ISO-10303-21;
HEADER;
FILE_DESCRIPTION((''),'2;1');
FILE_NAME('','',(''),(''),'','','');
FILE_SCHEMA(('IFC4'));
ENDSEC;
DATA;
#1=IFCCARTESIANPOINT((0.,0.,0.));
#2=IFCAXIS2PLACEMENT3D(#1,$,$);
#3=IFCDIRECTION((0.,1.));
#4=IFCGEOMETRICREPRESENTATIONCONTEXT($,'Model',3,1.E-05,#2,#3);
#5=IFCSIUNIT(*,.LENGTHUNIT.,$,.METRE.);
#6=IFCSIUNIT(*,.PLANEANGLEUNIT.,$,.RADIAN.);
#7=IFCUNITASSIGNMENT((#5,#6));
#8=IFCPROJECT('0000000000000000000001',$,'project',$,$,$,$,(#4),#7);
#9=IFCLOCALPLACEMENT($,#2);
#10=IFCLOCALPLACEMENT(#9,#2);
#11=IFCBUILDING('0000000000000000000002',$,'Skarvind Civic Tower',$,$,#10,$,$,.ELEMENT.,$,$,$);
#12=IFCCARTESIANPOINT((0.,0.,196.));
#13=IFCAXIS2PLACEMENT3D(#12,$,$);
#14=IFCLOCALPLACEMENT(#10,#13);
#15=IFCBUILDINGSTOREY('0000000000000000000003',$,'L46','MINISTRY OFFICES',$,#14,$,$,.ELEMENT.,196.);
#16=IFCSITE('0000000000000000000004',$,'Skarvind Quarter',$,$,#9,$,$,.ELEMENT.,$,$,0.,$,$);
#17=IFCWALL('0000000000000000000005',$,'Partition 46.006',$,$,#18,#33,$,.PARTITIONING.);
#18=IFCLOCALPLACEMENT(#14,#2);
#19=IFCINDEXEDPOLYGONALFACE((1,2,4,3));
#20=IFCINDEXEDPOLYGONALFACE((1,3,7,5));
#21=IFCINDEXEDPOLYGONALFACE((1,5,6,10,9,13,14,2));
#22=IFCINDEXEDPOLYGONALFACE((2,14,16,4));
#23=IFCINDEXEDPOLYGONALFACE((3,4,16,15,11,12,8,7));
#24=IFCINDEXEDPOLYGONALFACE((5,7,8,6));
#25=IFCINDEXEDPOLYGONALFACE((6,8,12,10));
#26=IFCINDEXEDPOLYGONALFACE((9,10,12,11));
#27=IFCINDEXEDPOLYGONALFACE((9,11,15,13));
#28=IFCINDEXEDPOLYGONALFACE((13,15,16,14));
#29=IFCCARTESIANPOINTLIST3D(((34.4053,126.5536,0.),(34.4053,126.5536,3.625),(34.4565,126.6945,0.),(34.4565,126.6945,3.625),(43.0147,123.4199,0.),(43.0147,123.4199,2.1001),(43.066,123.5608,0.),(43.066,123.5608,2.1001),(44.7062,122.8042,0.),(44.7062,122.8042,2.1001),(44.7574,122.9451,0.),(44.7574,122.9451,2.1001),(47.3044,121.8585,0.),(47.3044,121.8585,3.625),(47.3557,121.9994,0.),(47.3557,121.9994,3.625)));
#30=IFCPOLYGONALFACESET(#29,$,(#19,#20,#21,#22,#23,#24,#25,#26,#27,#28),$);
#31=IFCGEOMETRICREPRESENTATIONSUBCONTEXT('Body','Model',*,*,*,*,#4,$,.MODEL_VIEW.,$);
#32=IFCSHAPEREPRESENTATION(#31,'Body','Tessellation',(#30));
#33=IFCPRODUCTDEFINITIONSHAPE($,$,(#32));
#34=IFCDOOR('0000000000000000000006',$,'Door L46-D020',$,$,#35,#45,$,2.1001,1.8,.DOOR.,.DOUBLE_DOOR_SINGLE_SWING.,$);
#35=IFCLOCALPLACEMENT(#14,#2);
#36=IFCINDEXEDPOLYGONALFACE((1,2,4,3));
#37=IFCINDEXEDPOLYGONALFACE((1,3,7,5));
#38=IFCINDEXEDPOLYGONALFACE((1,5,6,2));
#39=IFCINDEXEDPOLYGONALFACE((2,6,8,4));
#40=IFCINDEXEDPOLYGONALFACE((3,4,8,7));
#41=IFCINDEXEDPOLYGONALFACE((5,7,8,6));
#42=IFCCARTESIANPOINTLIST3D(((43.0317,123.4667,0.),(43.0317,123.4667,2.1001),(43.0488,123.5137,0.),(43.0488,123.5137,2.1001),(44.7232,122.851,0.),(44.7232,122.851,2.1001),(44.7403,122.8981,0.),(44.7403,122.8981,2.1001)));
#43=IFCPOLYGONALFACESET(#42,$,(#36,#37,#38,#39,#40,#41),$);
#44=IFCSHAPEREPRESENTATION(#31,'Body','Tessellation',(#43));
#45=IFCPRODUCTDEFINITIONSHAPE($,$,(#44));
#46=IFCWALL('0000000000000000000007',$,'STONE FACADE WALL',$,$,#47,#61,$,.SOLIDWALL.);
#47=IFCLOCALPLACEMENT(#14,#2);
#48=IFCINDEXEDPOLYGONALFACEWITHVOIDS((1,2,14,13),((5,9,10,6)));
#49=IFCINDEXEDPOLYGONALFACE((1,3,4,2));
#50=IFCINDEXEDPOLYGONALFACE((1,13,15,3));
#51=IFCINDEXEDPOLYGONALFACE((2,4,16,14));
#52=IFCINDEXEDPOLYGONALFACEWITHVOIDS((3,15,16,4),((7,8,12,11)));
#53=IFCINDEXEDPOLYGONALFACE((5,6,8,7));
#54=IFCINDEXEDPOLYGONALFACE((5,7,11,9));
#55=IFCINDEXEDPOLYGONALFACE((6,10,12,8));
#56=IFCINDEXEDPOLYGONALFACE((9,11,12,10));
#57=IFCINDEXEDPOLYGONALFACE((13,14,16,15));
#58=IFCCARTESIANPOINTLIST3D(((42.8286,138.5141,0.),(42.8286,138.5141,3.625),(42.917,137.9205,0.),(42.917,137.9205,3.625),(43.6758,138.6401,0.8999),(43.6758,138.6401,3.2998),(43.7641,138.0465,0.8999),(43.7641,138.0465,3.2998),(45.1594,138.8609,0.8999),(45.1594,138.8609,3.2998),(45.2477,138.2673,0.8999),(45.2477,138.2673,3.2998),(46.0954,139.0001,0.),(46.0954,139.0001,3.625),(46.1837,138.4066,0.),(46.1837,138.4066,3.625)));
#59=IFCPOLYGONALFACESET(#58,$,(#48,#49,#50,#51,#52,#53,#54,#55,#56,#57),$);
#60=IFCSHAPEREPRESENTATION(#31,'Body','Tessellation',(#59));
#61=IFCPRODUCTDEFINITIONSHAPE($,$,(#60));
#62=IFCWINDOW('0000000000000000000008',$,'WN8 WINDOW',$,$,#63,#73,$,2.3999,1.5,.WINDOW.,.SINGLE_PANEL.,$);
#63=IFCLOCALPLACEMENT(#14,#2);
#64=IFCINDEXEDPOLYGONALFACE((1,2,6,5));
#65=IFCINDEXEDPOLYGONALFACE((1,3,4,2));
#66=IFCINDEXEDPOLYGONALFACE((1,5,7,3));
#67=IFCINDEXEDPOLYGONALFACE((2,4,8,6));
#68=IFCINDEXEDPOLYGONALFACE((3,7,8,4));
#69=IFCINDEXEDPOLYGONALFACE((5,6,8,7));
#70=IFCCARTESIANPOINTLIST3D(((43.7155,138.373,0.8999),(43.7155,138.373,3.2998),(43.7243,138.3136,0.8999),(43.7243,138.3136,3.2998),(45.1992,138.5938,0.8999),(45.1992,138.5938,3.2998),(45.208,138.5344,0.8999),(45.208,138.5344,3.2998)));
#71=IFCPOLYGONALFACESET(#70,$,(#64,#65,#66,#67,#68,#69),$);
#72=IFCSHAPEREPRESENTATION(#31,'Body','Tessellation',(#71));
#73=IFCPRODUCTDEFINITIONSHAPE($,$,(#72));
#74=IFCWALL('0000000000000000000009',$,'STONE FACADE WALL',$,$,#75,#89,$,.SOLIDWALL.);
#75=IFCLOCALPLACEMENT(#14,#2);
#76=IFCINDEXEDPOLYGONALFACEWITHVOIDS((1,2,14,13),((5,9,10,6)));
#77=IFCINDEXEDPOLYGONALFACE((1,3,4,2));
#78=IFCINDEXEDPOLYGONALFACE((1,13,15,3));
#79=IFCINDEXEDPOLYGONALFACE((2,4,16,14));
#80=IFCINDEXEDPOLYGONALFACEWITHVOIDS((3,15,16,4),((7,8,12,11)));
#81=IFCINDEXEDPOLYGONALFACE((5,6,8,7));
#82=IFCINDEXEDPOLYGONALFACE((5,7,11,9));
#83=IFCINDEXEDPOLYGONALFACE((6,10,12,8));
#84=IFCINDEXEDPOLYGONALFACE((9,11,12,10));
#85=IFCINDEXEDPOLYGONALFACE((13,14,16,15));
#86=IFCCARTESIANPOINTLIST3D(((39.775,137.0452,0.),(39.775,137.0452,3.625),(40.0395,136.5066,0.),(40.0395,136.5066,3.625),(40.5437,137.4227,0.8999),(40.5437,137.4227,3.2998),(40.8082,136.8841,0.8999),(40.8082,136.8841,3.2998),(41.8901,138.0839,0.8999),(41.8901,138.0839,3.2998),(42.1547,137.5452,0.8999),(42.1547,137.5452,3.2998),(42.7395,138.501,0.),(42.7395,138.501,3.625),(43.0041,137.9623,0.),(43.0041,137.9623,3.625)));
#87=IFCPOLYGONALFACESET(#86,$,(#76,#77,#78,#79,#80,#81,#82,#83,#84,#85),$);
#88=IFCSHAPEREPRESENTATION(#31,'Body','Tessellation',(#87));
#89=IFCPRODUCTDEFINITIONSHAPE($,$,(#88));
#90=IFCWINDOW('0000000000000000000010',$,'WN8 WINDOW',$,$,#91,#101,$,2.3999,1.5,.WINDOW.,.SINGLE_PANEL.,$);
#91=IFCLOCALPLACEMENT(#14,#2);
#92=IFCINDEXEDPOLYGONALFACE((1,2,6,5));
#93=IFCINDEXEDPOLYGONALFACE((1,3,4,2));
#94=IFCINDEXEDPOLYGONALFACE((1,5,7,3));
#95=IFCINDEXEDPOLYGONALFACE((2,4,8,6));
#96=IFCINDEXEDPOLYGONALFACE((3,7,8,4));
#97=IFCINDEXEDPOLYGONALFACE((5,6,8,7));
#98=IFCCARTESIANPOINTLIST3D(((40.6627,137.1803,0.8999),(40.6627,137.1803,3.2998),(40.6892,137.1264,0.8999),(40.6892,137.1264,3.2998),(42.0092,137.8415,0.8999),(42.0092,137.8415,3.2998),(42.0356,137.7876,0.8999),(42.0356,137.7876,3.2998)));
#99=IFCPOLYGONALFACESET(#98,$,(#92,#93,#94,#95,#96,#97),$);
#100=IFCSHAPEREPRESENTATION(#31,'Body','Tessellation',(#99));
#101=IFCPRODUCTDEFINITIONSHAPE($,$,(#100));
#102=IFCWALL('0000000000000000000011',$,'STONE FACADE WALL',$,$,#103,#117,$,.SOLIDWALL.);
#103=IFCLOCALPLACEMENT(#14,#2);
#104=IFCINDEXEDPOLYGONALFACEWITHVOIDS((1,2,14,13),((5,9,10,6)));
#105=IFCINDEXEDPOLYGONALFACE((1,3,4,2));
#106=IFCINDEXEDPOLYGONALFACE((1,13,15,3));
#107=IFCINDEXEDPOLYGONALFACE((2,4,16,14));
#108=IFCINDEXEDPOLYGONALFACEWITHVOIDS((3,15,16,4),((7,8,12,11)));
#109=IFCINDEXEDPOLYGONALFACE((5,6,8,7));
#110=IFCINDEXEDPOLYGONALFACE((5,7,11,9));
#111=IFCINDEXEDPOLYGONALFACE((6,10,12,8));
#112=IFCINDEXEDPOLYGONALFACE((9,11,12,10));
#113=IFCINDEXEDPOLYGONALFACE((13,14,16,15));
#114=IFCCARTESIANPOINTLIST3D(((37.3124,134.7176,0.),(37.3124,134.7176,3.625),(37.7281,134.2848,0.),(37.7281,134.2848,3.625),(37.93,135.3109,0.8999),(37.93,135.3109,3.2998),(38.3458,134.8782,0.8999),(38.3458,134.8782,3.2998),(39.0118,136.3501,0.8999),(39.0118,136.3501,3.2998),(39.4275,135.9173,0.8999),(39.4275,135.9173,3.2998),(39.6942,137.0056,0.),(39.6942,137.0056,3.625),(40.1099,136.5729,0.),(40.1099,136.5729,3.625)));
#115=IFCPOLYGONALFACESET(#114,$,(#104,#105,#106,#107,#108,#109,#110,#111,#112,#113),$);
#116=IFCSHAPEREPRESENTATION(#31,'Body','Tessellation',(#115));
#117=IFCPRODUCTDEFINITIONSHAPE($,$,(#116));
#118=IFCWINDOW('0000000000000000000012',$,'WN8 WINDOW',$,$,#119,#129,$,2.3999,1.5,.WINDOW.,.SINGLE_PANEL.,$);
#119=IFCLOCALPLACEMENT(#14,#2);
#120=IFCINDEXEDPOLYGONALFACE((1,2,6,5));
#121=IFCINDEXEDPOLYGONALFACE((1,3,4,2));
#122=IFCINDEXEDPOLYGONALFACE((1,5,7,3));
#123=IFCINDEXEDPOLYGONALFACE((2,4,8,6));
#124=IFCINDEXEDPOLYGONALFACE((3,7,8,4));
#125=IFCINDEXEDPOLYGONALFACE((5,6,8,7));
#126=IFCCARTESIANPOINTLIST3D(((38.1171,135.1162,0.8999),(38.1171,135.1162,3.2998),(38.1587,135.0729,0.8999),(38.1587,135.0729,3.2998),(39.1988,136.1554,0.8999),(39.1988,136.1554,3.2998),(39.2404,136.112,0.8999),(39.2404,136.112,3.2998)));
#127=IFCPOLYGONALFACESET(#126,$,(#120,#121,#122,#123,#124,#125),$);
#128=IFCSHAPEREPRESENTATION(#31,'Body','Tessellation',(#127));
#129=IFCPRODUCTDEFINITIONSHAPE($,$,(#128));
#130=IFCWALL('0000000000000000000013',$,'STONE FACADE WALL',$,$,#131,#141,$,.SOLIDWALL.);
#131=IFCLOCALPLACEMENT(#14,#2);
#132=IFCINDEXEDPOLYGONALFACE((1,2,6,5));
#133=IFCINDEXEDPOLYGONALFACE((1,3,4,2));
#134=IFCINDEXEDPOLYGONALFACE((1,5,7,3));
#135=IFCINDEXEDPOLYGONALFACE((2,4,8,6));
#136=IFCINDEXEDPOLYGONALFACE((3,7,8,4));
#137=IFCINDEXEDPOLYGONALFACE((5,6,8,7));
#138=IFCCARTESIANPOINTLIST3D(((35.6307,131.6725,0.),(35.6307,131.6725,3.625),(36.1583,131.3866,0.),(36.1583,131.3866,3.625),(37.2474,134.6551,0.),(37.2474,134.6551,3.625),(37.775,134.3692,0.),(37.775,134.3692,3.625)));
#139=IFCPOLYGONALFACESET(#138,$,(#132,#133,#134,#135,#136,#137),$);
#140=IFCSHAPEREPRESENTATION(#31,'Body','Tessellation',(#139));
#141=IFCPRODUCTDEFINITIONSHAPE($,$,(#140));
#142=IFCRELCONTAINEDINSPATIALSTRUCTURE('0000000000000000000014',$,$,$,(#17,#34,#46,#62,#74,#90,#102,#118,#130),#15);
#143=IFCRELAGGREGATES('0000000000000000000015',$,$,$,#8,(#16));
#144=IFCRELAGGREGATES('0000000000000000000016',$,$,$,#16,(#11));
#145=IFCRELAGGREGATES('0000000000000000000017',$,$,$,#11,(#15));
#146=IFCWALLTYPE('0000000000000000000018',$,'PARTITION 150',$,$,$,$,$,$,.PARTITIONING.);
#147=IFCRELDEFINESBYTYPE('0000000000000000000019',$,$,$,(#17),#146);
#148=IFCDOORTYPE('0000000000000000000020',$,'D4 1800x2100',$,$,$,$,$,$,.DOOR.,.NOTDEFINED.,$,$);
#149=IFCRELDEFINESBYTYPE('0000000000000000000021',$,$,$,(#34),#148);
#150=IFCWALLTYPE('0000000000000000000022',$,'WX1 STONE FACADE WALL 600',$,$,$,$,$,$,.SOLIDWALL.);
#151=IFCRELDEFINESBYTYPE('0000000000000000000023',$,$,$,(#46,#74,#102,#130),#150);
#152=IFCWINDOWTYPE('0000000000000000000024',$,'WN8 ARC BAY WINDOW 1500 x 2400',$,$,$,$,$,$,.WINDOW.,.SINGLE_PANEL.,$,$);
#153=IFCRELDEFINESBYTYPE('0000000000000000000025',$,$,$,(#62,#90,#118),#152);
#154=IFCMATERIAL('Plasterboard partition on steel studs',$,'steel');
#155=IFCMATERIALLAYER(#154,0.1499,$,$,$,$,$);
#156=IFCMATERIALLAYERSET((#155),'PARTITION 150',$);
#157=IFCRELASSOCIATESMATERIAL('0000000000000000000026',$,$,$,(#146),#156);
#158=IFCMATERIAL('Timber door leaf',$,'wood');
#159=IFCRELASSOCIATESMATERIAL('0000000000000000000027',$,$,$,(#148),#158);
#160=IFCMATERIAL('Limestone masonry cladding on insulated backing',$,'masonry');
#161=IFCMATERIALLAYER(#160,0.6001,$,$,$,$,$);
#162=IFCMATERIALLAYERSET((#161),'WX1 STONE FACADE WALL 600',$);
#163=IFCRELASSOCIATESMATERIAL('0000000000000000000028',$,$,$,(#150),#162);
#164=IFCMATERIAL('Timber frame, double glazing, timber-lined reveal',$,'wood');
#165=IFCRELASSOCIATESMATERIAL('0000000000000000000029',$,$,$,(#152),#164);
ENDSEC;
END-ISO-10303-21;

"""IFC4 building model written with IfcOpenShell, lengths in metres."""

from ifc_helpers import new_model, si_unit, direction, frame, frame_2d, origin, place, context, subcontext, project, spatial, rectangle, extrude, material, layer, layer_set, type_object, element, fill, save


model = new_model("IFC4")

# Units and contexts
model_context = context("Model", 3, precision=1e-05, world=origin(), true_north=direction((0.0, 1.0)))
body_context = subcontext(model_context, "Body", "Model", "MODEL_VIEW")
ifc_project = project(units=[si_unit("LENGTHUNIT", "METRE"), si_unit("PLANEANGLEUNIT", "RADIAN")], contexts=[model_context])

# Site, building, storey
site_placement = place(None, origin())
site = spatial("IfcSite", under=ifc_project, at=site_placement, Name="Skarvind Quarter", CompositionType="ELEMENT", RefElevation=0.0)
building_placement = place(site_placement, origin())
building = spatial("IfcBuilding", under=site, at=building_placement, Name="Skarvind Civic Tower", CompositionType="ELEMENT")
storey_placement = place(building_placement, frame((0.0, 0.0, 196.0)))
storey = spatial("IfcBuildingStorey", under=building, at=storey_placement, Name="L46", Description="MINISTRY OFFICES", CompositionType="ELEMENT", Elevation=196.0)

# Shared definitions
ifc_material_1 = material(Name="Plasterboard partition on steel studs", Category="steel")
ifc_layer_1 = layer(ifc_material_1, 0.1499)
ifc_layer_set_1 = layer_set([ifc_layer_1], Name="PARTITION 150")
wall_type_1 = type_object("IfcWallType", Name="PARTITION 150", PredefinedType="PARTITIONING", material=ifc_layer_set_1)

# Shared definitions
ifc_material_2 = material(Name="Timber door leaf", Category="wood")

# Wall, opening, door
wall_1_placement = place(storey_placement, frame((34.4309, 126.624, 0.0), z_axis=(0.0, 0.0, 1.0), x_axis=(0.939689, -0.34203, 0.0)))
wall_1 = element("IfcWall", 1, at=wall_1_placement, inside=storey, type_object=wall_type_1, Name="Partition 46.006", PredefinedType="PARTITIONING", context=body_context, shape_type="SweptSolid", body=[
    extrude(rectangle(XDim=13.7271, YDim=0.1499, at=frame_2d((6.8635, 0.0))), origin(), (0.0, 0.0, 1.0), 3.625),
])
opening_1_placement = place(wall_1_placement, frame((9.1621, 0.0, 0.0)))
opening_1 = element("IfcOpeningElement", 2, at=opening_1_placement, cuts=wall_1, PredefinedType="OPENING", context=body_context, shape_type="SweptSolid", body=[
    extrude(rectangle(XDim=1.8, YDim=2.1001, at=frame_2d((0.8999, 1.05))), frame((0.0, 0.085, 0.0), z_axis=(0.0, -1.0, 0.0), x_axis=(1.0, 0.0, 0.0)), (0.0, 0.0, 1.0), 0.1699),
])
door_type_1 = type_object("IfcDoorType", Name="D4 1800x2100", OperationType="NOTDEFINED", PredefinedType="DOOR", material=ifc_material_2)
door_1_placement = place(opening_1_placement, origin())
door_1 = element("IfcDoor", 3, at=door_1_placement, inside=storey, type_object=door_type_1, Name="Door L46-D020", OperationType="DOUBLE_DOOR_SINGLE_SWING", OverallHeight=2.1001, OverallWidth=1.8, PredefinedType="DOOR", context=body_context, shape_type="SweptSolid", body=[
    extrude(rectangle(XDim=1.8, YDim=2.1001, at=frame_2d((0.8999, 1.05))), frame((0.0, 0.0249, 0.0), z_axis=(0.0, -1.0, 0.0), x_axis=(1.0, 0.0, 0.0)), (0.0, 0.0, 1.0), 0.05),
])
fill(opening_1, door_1)

# Walls, openings, windows
ifc_material_3 = material(Name="Limestone masonry cladding on insulated backing", Category="masonry")
ifc_layer_2 = layer(ifc_material_3, 0.6001)
ifc_layer_set_2 = layer_set([ifc_layer_2], Name="WX1 STONE FACADE WALL 600")
wall_type_2 = type_object("IfcWallType", Name="WX1 STONE FACADE WALL 600", PredefinedType="SOLIDWALL", material=ifc_layer_set_2)
wall_2_placement = place(storey_placement, frame((42.8728, 138.2173, 0.0), z_axis=(0.0, 0.0, 1.0), x_axis=(0.989111, 0.147173, 0.0)))
wall_2 = element("IfcWall", 4, at=wall_2_placement, inside=storey, type_object=wall_type_2, Name="STONE FACADE WALL", PredefinedType="SOLIDWALL", context=body_context, shape_type="SweptSolid", body=[
    extrude(rectangle(XDim=3.3027, YDim=0.6001, at=frame_2d((1.6514, 0.0))), origin(), (0.0, 0.0, 1.0), 3.625),
])
opening_2_placement = place(wall_2_placement, frame((0.8564, 0.0, 0.8999)))
opening_2 = element("IfcOpeningElement", 5, at=opening_2_placement, cuts=wall_2, PredefinedType="OPENING", context=body_context, shape_type="SweptSolid", body=[
    extrude(rectangle(XDim=1.5, YDim=2.3999, at=frame_2d((0.75, 1.2))), frame((0.0, 0.3101, 0.0), z_axis=(0.0, -1.0, 0.0), x_axis=(1.0, 0.0, 0.0)), (0.0, 0.0, 1.0), 0.6201),
])
ifc_material_4 = material(Name="Timber frame, double glazing, timber-lined reveal", Category="wood")
window_type = type_object("IfcWindowType", Name="WN8 ARC BAY WINDOW 1500 x 2400", PartitioningType="SINGLE_PANEL", PredefinedType="WINDOW", material=ifc_material_4)
window_1_placement = place(opening_2_placement, origin())
window_1 = element("IfcWindow", 6, at=window_1_placement, inside=storey, type_object=window_type, Name="WN8 WINDOW", OverallHeight=2.3999, OverallWidth=1.5, PartitioningType="SINGLE_PANEL", PredefinedType="WINDOW", context=body_context, shape_type="SweptSolid", body=[
    extrude(rectangle(XDim=1.5, YDim=2.3999, at=frame_2d((0.75, 1.2))), frame((0.0, 0.03, 0.0), z_axis=(0.0, -1.0, 0.0), x_axis=(1.0, 0.0, 0.0)), (0.0, 0.0, 1.0), 0.0601),
])
fill(opening_2, window_1)
wall_3_placement = place(storey_placement, frame((39.9072, 136.7759, 0.0), z_axis=(0.0, 0.0, 1.0), x_axis=(0.897612, 0.440786, 0.0)))
wall_3 = element("IfcWall", 7, at=wall_3_placement, inside=storey, type_object=wall_type_2, Name="STONE FACADE WALL", PredefinedType="SOLIDWALL", context=body_context, shape_type="SweptSolid", body=[
    extrude(rectangle(XDim=3.3027, YDim=0.6001, at=frame_2d((1.6514, 0.0))), origin(), (0.0, 0.0, 1.0), 3.625),
])
opening_3_placement = place(wall_3_placement, frame((0.8564, 0.0, 0.8999)))
opening_3 = element("IfcOpeningElement", 8, at=opening_3_placement, cuts=wall_3, PredefinedType="OPENING", context=body_context, shape_type="SweptSolid", body=[
    extrude(rectangle(XDim=1.5, YDim=2.3999, at=frame_2d((0.75, 1.2))), frame((0.0, 0.3101, 0.0), z_axis=(0.0, -1.0, 0.0), x_axis=(1.0, 0.0, 0.0)), (0.0, 0.0, 1.0), 0.6201),
])
window_2_placement = place(opening_3_placement, origin())
window_2 = element("IfcWindow", 9, at=window_2_placement, inside=storey, type_object=window_type, Name="WN8 WINDOW", OverallHeight=2.3999, OverallWidth=1.5, PartitioningType="SINGLE_PANEL", PredefinedType="WINDOW", context=body_context, shape_type="SweptSolid", body=[
    extrude(rectangle(XDim=1.5, YDim=2.3999, at=frame_2d((0.75, 1.2))), frame((0.0, 0.03, 0.0), z_axis=(0.0, -1.0, 0.0), x_axis=(1.0, 0.0, 0.0)), (0.0, 0.0, 1.0), 0.0601),
])
fill(opening_3, window_2)
wall_4_placement = place(storey_placement, frame((37.5203, 134.5012, 0.0), z_axis=(0.0, 0.0, 1.0), x_axis=(0.721157, 0.692772, 0.0)))
wall_4 = element("IfcWall", 10, at=wall_4_placement, inside=storey, type_object=wall_type_2, Name="STONE FACADE WALL", PredefinedType="SOLIDWALL", context=body_context, shape_type="SweptSolid", body=[
    extrude(rectangle(XDim=3.3027, YDim=0.6001, at=frame_2d((1.6514, 0.0))), origin(), (0.0, 0.0, 1.0), 3.625),
])
opening_4_placement = place(wall_4_placement, frame((0.8564, 0.0, 0.8999)))
opening_4 = element("IfcOpeningElement", 11, at=opening_4_placement, cuts=wall_4, PredefinedType="OPENING", context=body_context, shape_type="SweptSolid", body=[
    extrude(rectangle(XDim=1.5, YDim=2.3999, at=frame_2d((0.75, 1.2))), frame((0.0, 0.3101, 0.0), z_axis=(0.0, -1.0, 0.0), x_axis=(1.0, 0.0, 0.0)), (0.0, 0.0, 1.0), 0.6201),
])
window_3_placement = place(opening_4_placement, origin())
window_3 = element("IfcWindow", 12, at=window_3_placement, inside=storey, type_object=window_type, Name="WN8 WINDOW", OverallHeight=2.3999, OverallWidth=1.5, PartitioningType="SINGLE_PANEL", PredefinedType="WINDOW", context=body_context, shape_type="SweptSolid", body=[
    extrude(rectangle(XDim=1.5, YDim=2.3999, at=frame_2d((0.75, 1.2))), frame((0.0, 0.03, 0.0), z_axis=(0.0, -1.0, 0.0), x_axis=(1.0, 0.0, 0.0)), (0.0, 0.0, 1.0), 0.0601),
])
fill(opening_4, window_3)

# Wall
wall_5_placement = place(storey_placement, frame((35.8945, 131.5295, 0.0), z_axis=(0.0, 0.0, 1.0), x_axis=(0.476531, 0.879158, 0.0)))
element("IfcWall", 13, at=wall_5_placement, inside=storey, type_object=wall_type_2, Name="STONE FACADE WALL", PredefinedType="SOLIDWALL", context=body_context, shape_type="SweptSolid", body=[
    extrude(rectangle(XDim=3.3926, YDim=0.6001, at=frame_2d((1.6963, 0.0))), origin(), (0.0, 0.0, 1.0), 3.625),
])

save(model, "model.ifc")
